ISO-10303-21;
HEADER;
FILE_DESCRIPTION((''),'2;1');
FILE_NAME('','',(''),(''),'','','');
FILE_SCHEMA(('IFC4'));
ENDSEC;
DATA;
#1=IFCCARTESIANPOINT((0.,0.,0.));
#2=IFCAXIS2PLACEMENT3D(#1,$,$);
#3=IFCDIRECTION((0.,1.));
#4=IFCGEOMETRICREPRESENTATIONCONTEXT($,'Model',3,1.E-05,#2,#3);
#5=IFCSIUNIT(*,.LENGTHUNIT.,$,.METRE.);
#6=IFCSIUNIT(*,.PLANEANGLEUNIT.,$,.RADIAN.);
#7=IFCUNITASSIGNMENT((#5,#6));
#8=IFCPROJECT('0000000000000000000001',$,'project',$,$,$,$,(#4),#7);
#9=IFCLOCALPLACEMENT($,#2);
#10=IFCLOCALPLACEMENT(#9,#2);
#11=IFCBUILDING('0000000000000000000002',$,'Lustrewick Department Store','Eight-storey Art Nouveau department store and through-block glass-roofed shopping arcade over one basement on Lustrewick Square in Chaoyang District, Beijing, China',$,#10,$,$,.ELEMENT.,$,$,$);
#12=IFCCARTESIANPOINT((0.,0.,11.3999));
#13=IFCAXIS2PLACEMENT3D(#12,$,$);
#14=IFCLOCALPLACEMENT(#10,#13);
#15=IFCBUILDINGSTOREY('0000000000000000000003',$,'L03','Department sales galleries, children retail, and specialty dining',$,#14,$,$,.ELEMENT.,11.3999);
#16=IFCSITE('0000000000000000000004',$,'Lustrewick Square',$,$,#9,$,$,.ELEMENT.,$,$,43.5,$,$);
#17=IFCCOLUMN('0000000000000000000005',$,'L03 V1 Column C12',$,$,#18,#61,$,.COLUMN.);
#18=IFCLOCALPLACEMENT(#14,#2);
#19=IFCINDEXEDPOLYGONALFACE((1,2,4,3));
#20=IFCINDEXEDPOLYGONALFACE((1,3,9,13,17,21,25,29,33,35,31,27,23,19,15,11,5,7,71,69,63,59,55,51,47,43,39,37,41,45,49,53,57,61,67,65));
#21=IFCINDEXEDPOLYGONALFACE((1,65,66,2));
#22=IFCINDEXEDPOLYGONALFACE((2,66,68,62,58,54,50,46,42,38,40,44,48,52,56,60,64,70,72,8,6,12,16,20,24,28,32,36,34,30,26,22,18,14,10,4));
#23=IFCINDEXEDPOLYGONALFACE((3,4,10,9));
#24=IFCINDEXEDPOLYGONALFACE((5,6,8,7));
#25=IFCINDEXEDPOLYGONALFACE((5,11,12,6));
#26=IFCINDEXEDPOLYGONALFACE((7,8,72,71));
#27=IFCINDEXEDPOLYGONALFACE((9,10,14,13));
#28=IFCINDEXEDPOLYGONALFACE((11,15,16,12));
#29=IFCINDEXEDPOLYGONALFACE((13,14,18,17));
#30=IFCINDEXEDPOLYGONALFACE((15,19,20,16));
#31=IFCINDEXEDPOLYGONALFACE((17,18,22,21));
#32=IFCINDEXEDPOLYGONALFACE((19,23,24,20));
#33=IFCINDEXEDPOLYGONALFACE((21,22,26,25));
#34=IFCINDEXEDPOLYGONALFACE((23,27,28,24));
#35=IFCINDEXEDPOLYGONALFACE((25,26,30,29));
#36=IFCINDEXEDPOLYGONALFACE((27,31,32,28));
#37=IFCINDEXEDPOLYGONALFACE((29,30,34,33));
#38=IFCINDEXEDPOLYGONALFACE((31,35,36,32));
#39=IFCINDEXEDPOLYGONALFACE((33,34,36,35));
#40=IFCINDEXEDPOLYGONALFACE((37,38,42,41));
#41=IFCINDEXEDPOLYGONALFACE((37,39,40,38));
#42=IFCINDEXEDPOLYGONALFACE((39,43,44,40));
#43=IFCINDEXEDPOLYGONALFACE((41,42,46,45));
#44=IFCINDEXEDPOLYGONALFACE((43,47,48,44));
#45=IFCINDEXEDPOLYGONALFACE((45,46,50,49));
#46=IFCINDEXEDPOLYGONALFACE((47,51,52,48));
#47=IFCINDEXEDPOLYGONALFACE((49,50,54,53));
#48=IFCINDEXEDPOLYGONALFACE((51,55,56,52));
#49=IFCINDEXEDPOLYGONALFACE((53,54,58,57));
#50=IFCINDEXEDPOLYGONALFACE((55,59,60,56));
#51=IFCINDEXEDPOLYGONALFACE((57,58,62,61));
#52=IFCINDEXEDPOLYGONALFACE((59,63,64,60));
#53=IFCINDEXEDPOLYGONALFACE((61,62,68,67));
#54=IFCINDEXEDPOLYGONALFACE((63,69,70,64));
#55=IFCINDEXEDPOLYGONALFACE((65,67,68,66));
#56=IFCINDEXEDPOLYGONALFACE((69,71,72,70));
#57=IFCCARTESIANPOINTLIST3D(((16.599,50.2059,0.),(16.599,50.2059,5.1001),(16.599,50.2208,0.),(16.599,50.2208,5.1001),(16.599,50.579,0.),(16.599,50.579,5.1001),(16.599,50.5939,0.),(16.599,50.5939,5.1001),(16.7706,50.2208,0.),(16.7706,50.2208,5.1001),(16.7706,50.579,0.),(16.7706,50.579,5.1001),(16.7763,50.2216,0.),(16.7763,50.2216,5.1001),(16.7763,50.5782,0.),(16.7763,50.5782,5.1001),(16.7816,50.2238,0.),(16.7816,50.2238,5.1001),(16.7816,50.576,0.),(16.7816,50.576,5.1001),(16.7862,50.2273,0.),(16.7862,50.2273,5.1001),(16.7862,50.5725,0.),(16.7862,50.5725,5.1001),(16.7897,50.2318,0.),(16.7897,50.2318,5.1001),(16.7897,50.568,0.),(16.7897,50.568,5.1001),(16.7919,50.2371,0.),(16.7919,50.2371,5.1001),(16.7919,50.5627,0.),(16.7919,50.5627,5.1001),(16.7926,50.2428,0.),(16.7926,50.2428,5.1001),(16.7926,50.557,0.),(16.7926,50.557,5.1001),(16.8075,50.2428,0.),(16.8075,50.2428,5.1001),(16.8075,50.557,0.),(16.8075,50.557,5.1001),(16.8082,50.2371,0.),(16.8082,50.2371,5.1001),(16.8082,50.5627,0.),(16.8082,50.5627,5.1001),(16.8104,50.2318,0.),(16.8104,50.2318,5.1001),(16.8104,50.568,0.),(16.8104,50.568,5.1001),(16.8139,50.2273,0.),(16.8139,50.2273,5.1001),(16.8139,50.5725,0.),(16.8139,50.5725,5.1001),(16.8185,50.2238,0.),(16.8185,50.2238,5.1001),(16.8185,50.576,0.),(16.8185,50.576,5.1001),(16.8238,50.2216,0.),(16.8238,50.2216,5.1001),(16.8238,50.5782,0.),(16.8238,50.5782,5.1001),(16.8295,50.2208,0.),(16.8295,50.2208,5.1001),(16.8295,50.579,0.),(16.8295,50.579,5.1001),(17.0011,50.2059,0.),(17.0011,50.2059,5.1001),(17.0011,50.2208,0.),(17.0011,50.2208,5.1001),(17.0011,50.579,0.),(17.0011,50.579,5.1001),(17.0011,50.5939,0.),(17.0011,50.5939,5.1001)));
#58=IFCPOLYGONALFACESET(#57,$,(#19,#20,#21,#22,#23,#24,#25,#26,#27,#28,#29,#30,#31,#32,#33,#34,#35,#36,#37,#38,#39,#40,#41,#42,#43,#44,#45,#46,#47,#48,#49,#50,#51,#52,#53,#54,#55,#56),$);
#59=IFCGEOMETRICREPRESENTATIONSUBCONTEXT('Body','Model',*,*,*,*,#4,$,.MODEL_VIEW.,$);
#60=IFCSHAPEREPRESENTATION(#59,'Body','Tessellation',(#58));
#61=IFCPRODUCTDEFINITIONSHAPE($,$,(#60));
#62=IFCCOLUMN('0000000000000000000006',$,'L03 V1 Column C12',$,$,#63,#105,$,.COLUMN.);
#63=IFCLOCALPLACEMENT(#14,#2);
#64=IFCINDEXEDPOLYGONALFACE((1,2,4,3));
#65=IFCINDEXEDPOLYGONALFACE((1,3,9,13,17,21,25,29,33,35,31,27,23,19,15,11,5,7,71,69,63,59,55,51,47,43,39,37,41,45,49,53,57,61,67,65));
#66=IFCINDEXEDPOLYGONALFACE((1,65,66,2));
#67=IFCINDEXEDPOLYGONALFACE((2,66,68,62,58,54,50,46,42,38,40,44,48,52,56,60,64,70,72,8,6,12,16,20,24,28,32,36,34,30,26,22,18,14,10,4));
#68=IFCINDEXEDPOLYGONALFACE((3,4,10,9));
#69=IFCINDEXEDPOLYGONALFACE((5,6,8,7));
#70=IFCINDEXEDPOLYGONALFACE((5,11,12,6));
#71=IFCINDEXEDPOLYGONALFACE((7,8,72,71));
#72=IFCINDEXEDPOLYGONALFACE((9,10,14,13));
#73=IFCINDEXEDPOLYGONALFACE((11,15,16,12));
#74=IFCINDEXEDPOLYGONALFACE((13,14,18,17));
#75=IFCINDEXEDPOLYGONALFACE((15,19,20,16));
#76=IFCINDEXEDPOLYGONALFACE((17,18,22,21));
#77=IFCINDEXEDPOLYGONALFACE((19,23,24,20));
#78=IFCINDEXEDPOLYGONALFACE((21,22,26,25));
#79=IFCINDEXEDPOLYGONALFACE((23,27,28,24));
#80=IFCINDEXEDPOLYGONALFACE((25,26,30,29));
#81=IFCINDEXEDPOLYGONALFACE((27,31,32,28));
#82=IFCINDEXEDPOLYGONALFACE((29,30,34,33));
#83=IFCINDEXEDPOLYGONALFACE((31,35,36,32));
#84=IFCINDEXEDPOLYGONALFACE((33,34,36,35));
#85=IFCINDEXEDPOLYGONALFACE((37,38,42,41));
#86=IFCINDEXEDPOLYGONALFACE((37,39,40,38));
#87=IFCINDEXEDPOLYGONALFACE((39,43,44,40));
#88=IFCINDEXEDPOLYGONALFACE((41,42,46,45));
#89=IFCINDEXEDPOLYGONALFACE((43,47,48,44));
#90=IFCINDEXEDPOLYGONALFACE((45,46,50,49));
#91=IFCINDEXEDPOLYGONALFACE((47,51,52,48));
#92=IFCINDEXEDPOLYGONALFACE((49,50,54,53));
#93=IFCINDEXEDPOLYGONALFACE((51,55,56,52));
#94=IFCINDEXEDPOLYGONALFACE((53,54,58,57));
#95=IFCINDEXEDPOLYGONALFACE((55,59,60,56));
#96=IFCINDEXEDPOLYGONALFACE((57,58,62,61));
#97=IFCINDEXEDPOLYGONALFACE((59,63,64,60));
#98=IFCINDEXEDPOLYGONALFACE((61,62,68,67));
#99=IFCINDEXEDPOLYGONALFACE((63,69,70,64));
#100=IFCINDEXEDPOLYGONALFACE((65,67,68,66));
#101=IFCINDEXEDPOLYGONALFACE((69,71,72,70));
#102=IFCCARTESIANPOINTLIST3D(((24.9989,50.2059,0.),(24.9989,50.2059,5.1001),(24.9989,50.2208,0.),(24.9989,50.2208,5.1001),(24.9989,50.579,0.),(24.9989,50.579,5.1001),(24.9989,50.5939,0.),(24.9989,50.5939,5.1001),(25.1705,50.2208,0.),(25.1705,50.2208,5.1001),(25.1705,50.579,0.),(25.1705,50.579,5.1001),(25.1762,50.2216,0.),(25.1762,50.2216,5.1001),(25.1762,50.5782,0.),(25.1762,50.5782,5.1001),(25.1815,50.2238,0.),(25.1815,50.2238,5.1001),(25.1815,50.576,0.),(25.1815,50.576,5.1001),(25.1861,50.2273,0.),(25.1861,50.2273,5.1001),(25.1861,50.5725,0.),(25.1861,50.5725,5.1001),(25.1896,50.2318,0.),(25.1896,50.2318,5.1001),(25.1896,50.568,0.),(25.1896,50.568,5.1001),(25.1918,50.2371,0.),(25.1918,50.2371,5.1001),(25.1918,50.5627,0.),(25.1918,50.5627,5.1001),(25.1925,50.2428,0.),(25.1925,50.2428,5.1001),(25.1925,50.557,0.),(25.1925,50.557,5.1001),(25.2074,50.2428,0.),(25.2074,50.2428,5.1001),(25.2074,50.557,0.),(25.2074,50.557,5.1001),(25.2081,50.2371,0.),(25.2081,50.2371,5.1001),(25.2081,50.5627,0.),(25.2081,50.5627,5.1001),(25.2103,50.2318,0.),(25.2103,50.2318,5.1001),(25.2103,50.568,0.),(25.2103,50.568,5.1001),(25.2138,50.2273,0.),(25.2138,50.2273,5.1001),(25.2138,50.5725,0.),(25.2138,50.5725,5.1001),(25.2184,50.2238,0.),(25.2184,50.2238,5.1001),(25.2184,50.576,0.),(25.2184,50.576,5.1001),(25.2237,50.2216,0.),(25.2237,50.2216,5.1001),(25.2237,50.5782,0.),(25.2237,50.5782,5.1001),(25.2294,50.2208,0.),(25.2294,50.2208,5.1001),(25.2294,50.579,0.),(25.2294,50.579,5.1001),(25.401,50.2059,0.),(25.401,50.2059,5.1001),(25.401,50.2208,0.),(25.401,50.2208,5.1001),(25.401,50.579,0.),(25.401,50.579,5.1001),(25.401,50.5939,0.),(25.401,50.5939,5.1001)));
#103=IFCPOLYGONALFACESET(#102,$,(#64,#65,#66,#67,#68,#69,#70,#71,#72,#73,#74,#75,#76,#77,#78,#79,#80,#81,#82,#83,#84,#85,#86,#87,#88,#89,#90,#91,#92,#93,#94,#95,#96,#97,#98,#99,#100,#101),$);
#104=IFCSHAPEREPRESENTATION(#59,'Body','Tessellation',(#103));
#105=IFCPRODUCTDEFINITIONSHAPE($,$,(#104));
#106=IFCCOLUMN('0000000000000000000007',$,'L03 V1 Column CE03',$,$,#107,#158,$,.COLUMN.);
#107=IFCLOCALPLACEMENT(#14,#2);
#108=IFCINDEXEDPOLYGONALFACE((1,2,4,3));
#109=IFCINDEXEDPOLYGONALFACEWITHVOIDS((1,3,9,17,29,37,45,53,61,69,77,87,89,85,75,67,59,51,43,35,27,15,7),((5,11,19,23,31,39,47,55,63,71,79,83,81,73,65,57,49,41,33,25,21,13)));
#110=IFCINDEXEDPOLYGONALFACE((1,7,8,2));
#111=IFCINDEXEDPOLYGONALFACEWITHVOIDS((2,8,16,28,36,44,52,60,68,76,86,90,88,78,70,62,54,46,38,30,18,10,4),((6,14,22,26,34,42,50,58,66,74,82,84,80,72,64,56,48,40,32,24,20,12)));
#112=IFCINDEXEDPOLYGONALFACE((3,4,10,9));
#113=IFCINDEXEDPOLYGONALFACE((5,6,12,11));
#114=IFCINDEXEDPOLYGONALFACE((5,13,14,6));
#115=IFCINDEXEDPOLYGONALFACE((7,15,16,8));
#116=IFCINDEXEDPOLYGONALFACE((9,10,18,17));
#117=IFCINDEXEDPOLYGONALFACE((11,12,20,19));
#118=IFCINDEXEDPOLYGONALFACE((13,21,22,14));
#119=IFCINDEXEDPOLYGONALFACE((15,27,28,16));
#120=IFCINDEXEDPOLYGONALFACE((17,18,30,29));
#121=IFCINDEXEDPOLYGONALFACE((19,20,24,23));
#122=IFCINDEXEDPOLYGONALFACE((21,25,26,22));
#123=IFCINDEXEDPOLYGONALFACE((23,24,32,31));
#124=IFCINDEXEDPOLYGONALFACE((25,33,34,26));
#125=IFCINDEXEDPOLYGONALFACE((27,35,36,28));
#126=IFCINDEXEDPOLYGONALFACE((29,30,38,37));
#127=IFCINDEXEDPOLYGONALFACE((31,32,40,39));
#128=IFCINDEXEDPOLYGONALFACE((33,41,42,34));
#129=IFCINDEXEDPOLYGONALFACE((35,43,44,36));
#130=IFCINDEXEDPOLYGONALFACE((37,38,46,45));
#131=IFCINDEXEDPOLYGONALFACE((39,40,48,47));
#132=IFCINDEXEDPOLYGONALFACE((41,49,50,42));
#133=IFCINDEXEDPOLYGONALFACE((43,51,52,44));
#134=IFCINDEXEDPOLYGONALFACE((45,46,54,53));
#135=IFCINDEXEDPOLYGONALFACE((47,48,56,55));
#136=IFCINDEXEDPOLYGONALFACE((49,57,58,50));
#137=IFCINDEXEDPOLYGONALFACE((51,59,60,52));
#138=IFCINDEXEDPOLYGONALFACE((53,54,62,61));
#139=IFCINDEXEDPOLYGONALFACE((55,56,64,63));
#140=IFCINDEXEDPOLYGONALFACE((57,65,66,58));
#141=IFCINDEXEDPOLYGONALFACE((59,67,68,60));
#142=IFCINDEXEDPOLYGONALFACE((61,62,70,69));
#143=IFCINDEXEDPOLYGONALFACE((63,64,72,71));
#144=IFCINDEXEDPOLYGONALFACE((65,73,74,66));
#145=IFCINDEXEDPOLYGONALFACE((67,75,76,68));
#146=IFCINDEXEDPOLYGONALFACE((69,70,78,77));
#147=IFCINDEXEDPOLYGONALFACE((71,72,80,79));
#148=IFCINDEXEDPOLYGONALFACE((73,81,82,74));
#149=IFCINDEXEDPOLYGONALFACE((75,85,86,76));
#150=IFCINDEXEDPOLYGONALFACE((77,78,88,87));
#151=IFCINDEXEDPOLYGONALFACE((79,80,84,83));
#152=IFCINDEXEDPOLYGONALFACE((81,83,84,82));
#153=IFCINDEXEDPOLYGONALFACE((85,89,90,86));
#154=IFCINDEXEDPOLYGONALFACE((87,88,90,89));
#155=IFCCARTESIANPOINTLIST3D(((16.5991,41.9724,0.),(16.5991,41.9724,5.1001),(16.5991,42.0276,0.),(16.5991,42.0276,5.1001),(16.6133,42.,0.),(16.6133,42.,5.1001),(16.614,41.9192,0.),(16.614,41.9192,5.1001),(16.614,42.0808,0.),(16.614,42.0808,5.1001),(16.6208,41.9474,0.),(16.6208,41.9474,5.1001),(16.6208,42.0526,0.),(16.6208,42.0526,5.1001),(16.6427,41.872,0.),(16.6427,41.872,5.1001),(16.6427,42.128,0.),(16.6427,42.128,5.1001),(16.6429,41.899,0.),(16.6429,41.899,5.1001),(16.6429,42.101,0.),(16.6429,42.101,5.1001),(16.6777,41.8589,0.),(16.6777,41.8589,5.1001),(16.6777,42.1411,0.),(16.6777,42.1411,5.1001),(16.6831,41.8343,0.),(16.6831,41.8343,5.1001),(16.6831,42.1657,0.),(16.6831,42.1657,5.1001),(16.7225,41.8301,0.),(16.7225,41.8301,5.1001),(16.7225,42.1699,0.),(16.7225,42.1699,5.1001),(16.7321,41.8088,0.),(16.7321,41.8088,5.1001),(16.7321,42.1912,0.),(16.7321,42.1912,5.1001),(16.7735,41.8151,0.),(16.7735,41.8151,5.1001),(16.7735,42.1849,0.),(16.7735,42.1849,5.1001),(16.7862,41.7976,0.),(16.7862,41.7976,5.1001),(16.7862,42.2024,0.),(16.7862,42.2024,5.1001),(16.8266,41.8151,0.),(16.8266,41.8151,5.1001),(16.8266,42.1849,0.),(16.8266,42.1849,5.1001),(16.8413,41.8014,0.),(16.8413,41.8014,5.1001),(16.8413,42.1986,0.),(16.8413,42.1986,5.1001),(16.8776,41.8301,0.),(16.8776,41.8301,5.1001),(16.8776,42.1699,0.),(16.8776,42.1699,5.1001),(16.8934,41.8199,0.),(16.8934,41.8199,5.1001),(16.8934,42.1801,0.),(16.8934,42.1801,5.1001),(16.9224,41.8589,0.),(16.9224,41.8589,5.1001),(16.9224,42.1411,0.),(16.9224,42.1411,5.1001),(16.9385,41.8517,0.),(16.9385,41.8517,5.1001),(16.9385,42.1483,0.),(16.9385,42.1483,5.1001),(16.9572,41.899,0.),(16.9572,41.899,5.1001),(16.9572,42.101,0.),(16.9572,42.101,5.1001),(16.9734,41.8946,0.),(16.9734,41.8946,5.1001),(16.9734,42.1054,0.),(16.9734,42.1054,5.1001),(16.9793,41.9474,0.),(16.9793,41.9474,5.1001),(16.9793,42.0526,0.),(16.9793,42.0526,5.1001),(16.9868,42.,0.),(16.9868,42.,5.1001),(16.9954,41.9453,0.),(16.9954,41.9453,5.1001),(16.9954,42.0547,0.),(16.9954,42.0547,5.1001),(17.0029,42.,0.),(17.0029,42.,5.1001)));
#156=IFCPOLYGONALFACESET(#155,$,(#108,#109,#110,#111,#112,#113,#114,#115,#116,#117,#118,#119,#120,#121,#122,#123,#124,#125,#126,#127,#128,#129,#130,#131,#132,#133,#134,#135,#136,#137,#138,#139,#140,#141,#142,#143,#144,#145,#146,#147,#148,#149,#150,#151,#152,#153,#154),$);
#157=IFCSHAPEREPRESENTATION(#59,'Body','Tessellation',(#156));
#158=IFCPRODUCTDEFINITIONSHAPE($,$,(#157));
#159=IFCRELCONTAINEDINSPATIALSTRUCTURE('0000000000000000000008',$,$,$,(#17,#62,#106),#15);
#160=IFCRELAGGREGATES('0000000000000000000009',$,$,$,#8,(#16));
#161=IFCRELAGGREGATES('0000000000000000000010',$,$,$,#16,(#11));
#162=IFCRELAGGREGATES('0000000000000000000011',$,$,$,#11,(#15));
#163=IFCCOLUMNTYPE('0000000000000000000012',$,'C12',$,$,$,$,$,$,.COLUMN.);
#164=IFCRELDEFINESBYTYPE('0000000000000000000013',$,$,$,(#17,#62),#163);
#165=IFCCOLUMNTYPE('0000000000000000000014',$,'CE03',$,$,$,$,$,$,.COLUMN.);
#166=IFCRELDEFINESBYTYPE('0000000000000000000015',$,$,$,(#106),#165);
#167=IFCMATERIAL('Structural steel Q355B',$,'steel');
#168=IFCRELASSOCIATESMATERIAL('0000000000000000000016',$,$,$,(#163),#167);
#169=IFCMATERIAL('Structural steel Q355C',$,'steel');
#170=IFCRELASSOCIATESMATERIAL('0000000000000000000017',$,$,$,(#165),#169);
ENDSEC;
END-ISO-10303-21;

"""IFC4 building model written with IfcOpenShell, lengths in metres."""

from ifc_helpers import new_model, si_unit, direction, frame, origin, origin_2d, place, context, subcontext, project, spatial, hollow_circle, i_section, extrude, material, material_profile, profile_set, type_object, element, save


model = new_model("IFC4")

# Units and contexts
model_context = context("Model", 3, precision=1e-05, world=origin(), true_north=direction((0.0, 1.0)))
body_context = subcontext(model_context, "Body", "Model", "MODEL_VIEW")
ifc_project = project(units=[si_unit("LENGTHUNIT", "METRE"), si_unit("PLANEANGLEUNIT", "RADIAN")], contexts=[model_context])

# Site, building, storey
site_placement = place(None, origin())
site = spatial("IfcSite", under=ifc_project, at=site_placement, Name="Lustrewick Square", CompositionType="ELEMENT", RefElevation=43.5)
building_placement = place(site_placement, origin())
building = spatial("IfcBuilding", under=site, at=building_placement, Name="Lustrewick Department Store", Description="Eight-storey Art Nouveau department store and through-block glass-roofed shopping arcade over one basement on Lustrewick Square in Chaoyang District, Beijing, China", CompositionType="ELEMENT")
storey_placement = place(building_placement, frame((0.0, 0.0, 11.3999)))
storey = spatial("IfcBuildingStorey", under=building, at=storey_placement, Name="L03", Description="Department sales galleries, children retail, and specialty dining", CompositionType="ELEMENT", Elevation=11.3999)

# Columns
ifc_material_1 = material(Name="Structural steel Q355B", Category="steel")
ifc_material_profile_1 = material_profile(ifc_material_1, i_section(OverallWidth=0.4021, OverallDepth=0.3879, WebThickness=0.0149, FlangeThickness=0.0149, FilletRadius=0.022, at=origin_2d()), Name="HW 388x402x15x15")
ifc_profile_set_1 = profile_set([ifc_material_profile_1], Name="Structural steel Q355B")
column_type_1 = type_object("IfcColumnType", Name="C12", PredefinedType="COLUMN", material=ifc_profile_set_1)
for number, where, z_axis, x_axis, name in (
    (1, (16.8, 50.3999, 0.0), (0.0, 0.0, 1.0), (1.0, 0.0, 0.0), "L03 V1 Column C12"),
    (2, (25.2, 50.3999, 0.0), (0.0, 0.0, 1.0), (1.0, 0.0, 0.0), "L03 V1 Column C12"),
):
    element("IfcColumn", number, at=place(storey_placement, frame(where, z_axis=z_axis, x_axis=x_axis)), inside=storey, type_object=column_type_1, Name=name, PredefinedType="COLUMN", context=body_context, shape_type="SweptSolid", body=[
        extrude(i_section(OverallWidth=0.4021, OverallDepth=0.3879, WebThickness=0.0149, FlangeThickness=0.0149, FilletRadius=0.022, at=origin_2d()), origin(), (0.0, 0.0, 1.0), 5.1001),
    ])
ifc_material_2 = material(Name="Structural steel Q355C", Category="steel")
ifc_material_profile_2 = material_profile(ifc_material_2, hollow_circle(Radius=0.2029, WallThickness=0.0161, at=origin_2d()), Name="CHS 406x16")
ifc_profile_set_2 = profile_set([ifc_material_profile_2], Name="Structural steel Q355C")
column_type_2 = type_object("IfcColumnType", Name="CE03", PredefinedType="COLUMN", material=ifc_profile_set_2)
for number, where, z_axis, x_axis, name in (
    (3, (16.8, 42.0, 0.0), (0.0, 0.0, 1.0), (1.0, 0.0, 0.0), "L03 V1 Column CE03"),
):
    element("IfcColumn", number, at=place(storey_placement, frame(where, z_axis=z_axis, x_axis=x_axis)), inside=storey, type_object=column_type_2, Name=name, PredefinedType="COLUMN", context=body_context, shape_type="SweptSolid", body=[
        extrude(hollow_circle(Radius=0.2029, WallThickness=0.0161, at=origin_2d()), origin(), (0.0, 0.0, 1.0), 5.1001),
    ])

save(model, "model.ifc")
